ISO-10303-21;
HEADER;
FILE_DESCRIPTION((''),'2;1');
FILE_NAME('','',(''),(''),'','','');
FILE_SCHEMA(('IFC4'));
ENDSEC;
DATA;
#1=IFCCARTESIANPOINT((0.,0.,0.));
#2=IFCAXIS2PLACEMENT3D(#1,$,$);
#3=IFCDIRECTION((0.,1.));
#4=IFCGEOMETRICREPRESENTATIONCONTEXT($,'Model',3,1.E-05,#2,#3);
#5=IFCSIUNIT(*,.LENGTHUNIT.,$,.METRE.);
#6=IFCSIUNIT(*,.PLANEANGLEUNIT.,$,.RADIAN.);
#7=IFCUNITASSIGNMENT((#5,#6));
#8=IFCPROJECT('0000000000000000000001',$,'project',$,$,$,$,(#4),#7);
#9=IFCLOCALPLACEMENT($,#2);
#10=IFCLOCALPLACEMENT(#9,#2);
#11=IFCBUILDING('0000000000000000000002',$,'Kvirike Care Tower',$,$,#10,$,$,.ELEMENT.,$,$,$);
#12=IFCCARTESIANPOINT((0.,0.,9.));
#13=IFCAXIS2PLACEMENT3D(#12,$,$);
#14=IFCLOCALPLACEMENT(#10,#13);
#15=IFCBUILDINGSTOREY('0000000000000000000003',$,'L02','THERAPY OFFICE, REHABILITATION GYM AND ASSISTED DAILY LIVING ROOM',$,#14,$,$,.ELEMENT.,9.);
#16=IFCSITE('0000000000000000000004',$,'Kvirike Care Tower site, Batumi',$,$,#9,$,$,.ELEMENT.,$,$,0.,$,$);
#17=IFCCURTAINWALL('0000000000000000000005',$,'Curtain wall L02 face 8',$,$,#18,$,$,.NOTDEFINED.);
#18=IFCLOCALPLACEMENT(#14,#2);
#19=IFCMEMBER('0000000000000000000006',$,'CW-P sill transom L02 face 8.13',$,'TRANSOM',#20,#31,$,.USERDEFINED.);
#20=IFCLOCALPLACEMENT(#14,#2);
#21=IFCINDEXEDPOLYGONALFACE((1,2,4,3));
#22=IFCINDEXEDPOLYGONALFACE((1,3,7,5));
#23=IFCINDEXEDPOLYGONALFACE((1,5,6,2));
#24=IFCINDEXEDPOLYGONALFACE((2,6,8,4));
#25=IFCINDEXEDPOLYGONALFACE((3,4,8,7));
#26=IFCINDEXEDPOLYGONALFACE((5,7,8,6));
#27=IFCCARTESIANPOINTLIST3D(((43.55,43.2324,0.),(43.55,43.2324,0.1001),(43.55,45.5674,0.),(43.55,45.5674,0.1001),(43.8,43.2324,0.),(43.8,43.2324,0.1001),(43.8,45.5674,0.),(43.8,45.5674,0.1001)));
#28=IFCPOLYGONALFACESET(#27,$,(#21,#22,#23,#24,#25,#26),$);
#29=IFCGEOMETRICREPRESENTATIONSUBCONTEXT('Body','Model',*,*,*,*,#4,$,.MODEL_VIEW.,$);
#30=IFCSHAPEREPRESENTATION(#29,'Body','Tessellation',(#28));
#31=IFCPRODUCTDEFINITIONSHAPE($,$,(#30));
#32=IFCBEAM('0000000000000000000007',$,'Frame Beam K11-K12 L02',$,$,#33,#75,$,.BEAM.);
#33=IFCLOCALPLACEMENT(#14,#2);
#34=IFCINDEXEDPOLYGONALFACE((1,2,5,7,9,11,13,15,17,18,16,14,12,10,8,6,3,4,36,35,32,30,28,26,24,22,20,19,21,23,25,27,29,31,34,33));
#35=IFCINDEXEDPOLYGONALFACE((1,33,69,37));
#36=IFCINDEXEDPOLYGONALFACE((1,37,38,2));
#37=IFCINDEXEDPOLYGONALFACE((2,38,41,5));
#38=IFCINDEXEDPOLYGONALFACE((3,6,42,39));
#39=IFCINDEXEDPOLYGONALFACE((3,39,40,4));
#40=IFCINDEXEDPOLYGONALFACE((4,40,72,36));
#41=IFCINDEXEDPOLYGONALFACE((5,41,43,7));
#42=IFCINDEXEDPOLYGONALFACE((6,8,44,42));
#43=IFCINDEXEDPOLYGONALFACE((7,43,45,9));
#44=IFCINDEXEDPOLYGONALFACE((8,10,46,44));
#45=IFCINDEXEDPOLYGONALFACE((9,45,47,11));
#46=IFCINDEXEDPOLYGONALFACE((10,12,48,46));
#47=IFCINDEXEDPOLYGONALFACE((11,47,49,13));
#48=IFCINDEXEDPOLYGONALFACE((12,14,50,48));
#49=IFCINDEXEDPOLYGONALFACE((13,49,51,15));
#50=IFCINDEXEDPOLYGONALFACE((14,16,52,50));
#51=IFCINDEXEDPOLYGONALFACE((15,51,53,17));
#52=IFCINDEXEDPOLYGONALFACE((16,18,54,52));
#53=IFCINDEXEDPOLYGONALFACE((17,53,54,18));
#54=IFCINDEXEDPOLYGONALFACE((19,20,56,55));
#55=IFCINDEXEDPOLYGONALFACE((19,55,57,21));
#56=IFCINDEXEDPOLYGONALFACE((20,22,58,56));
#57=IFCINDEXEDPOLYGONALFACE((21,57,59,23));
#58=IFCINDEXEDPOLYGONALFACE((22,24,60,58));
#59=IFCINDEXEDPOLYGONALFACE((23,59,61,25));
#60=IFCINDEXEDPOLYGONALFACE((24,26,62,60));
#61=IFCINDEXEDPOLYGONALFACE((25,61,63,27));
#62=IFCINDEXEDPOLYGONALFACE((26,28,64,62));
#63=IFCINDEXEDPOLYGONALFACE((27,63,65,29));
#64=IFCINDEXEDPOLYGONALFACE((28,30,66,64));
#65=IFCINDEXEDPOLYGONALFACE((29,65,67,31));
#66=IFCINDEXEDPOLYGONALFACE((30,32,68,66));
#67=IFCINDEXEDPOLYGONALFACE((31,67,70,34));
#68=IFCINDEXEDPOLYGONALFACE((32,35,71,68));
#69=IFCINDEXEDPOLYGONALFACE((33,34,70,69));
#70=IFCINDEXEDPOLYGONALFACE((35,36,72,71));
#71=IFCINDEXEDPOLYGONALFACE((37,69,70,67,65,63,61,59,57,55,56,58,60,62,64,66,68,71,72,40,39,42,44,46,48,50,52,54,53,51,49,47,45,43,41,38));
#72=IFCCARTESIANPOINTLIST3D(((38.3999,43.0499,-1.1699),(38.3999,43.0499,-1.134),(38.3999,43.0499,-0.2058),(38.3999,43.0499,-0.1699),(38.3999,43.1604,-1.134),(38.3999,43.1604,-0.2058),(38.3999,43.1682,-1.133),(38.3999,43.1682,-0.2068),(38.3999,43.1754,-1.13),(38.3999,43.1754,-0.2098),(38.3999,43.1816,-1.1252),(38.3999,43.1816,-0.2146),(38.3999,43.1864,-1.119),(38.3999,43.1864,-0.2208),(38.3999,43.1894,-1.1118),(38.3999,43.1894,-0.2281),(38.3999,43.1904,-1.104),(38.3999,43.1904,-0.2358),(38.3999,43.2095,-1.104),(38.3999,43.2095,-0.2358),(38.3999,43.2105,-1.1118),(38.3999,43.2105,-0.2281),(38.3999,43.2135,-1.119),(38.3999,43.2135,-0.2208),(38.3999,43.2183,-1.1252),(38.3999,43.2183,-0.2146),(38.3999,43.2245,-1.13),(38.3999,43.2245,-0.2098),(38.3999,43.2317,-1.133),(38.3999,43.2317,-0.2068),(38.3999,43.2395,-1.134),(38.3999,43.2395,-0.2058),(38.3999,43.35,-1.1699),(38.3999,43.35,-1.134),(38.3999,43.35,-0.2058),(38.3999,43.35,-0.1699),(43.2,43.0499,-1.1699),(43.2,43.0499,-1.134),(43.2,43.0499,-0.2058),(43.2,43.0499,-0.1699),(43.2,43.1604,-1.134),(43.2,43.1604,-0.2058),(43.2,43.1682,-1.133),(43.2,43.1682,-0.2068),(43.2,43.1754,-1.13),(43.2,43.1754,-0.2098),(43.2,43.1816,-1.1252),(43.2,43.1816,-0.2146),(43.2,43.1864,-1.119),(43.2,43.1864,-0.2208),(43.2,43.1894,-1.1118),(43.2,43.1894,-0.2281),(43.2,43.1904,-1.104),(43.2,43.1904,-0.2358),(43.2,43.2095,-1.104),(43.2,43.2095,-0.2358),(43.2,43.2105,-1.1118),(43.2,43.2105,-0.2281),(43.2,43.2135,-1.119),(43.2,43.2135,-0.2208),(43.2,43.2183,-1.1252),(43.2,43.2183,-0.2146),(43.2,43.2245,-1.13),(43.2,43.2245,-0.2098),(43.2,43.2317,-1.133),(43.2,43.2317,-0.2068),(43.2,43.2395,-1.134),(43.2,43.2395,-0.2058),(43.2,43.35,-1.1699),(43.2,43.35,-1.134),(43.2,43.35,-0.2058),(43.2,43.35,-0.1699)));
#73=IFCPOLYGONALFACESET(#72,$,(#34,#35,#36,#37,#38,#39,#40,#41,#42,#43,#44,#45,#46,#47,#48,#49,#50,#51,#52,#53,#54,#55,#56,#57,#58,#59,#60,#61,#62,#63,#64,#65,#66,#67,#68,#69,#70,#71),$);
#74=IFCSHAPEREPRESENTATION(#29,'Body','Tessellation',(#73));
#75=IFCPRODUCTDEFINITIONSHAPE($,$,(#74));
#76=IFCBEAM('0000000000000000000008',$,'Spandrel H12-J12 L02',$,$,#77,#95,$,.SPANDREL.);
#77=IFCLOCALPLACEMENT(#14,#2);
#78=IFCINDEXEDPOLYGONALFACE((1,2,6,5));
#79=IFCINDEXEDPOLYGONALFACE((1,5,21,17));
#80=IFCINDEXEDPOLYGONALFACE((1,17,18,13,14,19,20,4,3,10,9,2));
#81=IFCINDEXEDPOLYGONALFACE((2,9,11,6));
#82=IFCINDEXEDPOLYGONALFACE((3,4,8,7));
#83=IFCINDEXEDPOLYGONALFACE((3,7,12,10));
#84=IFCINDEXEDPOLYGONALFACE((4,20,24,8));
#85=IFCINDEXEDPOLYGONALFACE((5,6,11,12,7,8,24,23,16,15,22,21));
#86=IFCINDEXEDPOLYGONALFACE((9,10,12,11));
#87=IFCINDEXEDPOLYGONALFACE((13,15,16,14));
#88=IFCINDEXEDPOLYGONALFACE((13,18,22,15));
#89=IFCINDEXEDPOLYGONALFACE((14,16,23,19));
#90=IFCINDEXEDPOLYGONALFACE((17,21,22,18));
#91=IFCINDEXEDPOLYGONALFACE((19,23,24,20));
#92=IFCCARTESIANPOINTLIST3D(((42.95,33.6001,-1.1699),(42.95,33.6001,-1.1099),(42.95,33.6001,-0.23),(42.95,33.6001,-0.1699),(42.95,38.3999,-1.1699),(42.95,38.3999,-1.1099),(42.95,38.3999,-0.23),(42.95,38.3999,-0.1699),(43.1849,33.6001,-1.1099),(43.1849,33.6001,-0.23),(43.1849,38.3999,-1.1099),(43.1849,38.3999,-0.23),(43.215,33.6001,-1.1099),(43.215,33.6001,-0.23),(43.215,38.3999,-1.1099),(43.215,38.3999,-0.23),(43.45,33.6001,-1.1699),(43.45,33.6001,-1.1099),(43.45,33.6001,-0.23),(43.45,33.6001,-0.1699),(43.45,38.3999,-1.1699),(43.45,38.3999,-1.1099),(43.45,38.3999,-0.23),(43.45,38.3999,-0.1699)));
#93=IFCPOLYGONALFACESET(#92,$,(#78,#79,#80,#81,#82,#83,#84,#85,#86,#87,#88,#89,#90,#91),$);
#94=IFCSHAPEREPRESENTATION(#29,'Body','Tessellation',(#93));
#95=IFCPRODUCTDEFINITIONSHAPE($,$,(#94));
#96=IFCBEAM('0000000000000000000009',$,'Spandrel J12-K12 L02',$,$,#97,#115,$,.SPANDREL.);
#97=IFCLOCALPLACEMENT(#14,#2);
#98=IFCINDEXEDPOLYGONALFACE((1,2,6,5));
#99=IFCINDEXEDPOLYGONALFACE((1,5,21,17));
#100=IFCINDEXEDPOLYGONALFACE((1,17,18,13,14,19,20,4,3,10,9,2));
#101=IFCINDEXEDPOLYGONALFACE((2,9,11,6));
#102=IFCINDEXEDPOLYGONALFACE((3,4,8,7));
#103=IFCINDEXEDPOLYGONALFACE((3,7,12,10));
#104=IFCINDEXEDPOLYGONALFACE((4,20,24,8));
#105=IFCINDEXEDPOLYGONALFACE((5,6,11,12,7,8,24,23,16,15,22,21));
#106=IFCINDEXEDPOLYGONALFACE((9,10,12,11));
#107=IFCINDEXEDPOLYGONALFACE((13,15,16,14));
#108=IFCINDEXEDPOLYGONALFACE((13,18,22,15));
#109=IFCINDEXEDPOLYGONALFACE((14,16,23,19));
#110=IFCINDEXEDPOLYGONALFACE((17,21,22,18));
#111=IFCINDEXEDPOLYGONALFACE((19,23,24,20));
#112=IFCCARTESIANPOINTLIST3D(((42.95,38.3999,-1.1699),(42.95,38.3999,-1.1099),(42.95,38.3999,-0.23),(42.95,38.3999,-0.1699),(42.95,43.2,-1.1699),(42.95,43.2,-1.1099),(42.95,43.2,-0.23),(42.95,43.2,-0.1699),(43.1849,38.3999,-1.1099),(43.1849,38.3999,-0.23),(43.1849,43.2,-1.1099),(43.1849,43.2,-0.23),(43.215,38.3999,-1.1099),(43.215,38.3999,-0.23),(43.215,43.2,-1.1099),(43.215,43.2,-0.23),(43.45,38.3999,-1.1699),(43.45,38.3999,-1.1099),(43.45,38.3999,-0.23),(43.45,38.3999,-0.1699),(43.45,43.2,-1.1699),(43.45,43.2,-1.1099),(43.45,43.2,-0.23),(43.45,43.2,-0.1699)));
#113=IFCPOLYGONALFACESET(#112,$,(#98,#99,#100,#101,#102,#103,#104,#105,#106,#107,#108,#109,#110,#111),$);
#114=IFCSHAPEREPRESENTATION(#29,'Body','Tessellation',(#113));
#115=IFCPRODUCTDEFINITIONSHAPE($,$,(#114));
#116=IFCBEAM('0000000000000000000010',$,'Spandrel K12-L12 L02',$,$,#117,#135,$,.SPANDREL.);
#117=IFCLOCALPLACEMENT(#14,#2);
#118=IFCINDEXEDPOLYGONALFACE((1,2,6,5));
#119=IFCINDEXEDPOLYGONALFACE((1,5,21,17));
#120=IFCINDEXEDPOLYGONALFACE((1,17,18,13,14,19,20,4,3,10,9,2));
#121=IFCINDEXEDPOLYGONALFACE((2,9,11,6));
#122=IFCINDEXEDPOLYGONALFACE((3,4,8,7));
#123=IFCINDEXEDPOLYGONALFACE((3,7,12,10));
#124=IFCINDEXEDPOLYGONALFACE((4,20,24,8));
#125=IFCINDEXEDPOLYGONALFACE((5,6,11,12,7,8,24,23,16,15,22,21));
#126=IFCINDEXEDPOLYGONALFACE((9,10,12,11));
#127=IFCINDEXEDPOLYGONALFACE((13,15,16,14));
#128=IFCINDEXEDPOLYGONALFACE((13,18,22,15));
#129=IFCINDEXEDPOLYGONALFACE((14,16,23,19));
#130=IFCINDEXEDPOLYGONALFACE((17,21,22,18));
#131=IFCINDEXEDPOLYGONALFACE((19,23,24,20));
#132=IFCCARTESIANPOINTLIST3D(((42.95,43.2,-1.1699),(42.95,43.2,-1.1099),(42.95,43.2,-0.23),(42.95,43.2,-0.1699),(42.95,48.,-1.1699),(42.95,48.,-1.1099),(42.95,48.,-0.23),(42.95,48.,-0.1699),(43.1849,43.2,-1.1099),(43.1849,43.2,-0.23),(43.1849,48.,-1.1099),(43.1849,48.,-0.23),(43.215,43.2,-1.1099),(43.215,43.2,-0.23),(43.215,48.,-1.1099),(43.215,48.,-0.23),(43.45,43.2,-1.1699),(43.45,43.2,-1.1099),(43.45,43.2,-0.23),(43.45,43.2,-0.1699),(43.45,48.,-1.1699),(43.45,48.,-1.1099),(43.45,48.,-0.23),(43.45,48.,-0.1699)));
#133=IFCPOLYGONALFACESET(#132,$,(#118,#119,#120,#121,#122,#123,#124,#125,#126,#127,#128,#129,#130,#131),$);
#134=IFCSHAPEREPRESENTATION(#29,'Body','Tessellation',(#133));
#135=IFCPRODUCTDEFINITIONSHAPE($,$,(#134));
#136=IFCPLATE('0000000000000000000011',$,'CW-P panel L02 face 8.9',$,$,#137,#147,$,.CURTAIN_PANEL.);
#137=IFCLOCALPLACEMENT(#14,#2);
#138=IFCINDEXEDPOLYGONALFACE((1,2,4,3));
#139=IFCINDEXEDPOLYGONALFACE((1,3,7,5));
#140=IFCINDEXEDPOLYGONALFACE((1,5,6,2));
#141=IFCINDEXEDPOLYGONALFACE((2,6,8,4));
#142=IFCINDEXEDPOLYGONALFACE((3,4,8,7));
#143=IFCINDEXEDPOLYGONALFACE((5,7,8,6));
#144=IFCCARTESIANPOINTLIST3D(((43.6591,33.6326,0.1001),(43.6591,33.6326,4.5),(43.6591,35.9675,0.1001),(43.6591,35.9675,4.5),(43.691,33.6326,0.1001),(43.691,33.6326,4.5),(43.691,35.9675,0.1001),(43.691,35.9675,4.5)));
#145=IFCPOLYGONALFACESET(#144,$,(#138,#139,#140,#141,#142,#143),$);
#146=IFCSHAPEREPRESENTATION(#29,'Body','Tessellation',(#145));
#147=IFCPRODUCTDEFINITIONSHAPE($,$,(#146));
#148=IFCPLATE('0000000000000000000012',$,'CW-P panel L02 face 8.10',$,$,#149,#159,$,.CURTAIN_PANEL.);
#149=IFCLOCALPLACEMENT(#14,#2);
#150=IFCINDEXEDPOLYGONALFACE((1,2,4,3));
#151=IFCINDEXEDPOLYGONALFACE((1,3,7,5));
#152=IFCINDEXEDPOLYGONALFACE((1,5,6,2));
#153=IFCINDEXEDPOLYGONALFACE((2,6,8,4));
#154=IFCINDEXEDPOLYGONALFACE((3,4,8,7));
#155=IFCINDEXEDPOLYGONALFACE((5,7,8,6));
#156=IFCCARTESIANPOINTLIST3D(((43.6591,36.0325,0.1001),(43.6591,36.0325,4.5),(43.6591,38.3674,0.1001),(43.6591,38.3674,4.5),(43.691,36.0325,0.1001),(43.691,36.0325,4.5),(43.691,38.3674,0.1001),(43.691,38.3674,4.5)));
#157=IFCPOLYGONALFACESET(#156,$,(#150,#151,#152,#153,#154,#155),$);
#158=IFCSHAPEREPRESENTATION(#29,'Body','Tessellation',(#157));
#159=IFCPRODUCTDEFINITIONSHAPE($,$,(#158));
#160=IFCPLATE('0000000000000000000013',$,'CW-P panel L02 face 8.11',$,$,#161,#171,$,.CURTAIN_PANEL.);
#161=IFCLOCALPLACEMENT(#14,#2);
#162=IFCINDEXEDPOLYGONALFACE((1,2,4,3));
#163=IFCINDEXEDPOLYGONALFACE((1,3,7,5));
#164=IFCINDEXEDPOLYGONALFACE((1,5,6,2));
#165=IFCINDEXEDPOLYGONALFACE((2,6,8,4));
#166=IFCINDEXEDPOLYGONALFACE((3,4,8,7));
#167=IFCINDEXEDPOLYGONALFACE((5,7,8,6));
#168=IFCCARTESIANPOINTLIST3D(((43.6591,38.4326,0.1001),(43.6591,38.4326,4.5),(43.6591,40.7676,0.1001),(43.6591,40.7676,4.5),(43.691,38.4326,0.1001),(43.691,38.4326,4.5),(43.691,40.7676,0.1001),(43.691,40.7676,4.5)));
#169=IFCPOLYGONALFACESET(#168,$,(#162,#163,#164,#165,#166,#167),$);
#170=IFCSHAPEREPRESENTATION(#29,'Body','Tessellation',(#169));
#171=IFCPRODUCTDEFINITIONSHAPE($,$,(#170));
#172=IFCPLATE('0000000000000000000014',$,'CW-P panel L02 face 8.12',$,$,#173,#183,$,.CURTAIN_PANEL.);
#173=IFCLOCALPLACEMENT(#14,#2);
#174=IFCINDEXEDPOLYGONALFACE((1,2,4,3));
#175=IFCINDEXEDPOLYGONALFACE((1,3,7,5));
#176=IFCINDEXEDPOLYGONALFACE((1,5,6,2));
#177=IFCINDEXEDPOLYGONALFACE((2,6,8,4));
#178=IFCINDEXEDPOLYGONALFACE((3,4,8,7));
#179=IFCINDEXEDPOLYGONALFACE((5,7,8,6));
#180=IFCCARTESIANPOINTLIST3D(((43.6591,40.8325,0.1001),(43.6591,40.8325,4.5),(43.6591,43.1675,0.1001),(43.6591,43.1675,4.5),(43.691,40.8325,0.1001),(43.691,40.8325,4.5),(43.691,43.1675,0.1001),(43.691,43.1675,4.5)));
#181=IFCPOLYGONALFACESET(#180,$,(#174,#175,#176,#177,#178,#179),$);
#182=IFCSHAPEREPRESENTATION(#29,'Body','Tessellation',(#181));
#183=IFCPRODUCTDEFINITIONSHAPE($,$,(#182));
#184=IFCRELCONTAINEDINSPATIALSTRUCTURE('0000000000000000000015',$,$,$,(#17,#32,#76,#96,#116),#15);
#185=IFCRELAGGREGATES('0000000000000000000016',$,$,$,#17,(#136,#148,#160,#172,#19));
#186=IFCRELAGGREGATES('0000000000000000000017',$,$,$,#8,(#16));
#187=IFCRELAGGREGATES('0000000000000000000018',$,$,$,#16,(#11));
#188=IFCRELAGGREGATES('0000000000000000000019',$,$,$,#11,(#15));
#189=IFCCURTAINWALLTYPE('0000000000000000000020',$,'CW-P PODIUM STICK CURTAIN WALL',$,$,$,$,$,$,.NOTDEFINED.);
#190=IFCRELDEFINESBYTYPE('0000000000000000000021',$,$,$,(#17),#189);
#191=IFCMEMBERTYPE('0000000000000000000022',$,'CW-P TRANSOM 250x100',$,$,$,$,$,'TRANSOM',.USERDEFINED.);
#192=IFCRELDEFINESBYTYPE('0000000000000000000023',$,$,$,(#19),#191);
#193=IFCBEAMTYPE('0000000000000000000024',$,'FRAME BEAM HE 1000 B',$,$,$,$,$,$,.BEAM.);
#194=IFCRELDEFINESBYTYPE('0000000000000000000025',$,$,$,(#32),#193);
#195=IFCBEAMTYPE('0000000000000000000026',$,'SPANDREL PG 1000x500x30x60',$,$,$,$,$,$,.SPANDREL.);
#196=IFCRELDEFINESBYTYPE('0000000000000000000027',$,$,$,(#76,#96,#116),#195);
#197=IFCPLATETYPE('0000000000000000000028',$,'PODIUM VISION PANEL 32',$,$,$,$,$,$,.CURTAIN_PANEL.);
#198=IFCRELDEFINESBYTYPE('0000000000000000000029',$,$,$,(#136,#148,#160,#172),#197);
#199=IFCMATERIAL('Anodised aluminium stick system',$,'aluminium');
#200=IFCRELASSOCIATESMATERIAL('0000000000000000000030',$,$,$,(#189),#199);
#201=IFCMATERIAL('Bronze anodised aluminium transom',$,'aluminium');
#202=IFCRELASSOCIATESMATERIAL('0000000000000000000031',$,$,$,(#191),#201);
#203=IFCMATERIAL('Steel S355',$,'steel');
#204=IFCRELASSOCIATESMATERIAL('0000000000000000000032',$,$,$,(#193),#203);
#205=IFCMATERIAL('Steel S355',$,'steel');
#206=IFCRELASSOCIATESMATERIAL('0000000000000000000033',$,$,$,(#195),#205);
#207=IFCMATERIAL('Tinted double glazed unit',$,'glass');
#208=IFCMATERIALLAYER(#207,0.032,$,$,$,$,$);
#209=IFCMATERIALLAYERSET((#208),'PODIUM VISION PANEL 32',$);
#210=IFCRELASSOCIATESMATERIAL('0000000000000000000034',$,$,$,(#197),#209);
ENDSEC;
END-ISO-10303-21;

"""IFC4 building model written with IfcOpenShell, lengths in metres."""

from ifc_helpers import new_model, si_unit, direction, frame, origin, origin_2d, place, context, subcontext, project, spatial, rectangle, i_section, extrude, material, layer, layer_set, material_profile, profile_set, type_object, element, aggregate, save


model = new_model("IFC4")

# Units and contexts
model_context = context("Model", 3, precision=1e-05, world=origin(), true_north=direction((0.0, 1.0)))
body_context = subcontext(model_context, "Body", "Model", "MODEL_VIEW")
ifc_project = project(units=[si_unit("LENGTHUNIT", "METRE"), si_unit("PLANEANGLEUNIT", "RADIAN")], contexts=[model_context])

# Site, building, storey
site_placement = place(None, origin())
site = spatial("IfcSite", under=ifc_project, at=site_placement, Name="Kvirike Care Tower site, Batumi", CompositionType="ELEMENT", RefElevation=0.0)
building_placement = place(site_placement, origin())
building = spatial("IfcBuilding", under=site, at=building_placement, Name="Kvirike Care Tower", CompositionType="ELEMENT")
storey_placement = place(building_placement, frame((0.0, 0.0, 9.0)))
storey = spatial("IfcBuildingStorey", under=building, at=storey_placement, Name="L02", Description="THERAPY OFFICE, REHABILITATION GYM AND ASSISTED DAILY LIVING ROOM", CompositionType="ELEMENT", Elevation=9.0)

# Curtain wall, member
ifc_material_1 = material(Name="Anodised aluminium stick system", Category="aluminium")
curtain_wall_type = type_object("IfcCurtainWallType", Name="CW-P PODIUM STICK CURTAIN WALL", PredefinedType="NOTDEFINED", material=ifc_material_1)
curtain_wall_placement = place(storey_placement, origin())
curtain_wall = element("IfcCurtainWall", 1, at=curtain_wall_placement, inside=storey, type_object=curtain_wall_type, Name="Curtain wall L02 face 8", PredefinedType="NOTDEFINED")
ifc_material_2 = material(Name="Bronze anodised aluminium transom", Category="aluminium")
ifc_material_profile_1 = material_profile(ifc_material_2, rectangle(XDim=0.25, YDim=0.1001, at=origin_2d()), Name="CW-P TRANSOM 250x100")
ifc_profile_set_1 = profile_set([ifc_material_profile_1], Name="Bronze anodised aluminium transom")
member_type_1 = type_object("IfcMemberType", Name="CW-P TRANSOM 250x100", ElementType="TRANSOM", PredefinedType="USERDEFINED", material=ifc_profile_set_1)
member_1_placement = place(storey_placement, frame((43.675, 43.2324, 0.05), z_axis=(0.0, 1.0, 0.0), x_axis=(-1.0, 0.0, 0.0)))
member_1 = element("IfcMember", 2, at=member_1_placement, type_object=member_type_1, Name="CW-P sill transom L02 face 8.13", ObjectType="TRANSOM", PredefinedType="USERDEFINED", context=body_context, shape_type="SweptSolid", body=[
    extrude(rectangle(XDim=0.25, YDim=0.1001, at=origin_2d()), origin(), (0.0, 0.0, 1.0), 2.335),
])

# Beams
ifc_material_3 = material(Name="Steel S355", Category="steel")
ifc_material_profile_2 = material_profile(ifc_material_3, i_section(OverallWidth=0.3, OverallDepth=1.0, WebThickness=0.019, FlangeThickness=0.0359, FilletRadius=0.03, at=origin_2d()), Name="HE 1000 B")
ifc_profile_set_2 = profile_set([ifc_material_profile_2], Name="Steel S355")
beam_type_1 = type_object("IfcBeamType", Name="FRAME BEAM HE 1000 B", PredefinedType="BEAM", material=ifc_profile_set_2)
beam_1_placement = place(storey_placement, frame((38.3999, 43.2, -0.6699), z_axis=(1.0, 0.0, 0.0), x_axis=(0.0, 1.0, 0.0)))
element("IfcBeam", 3, at=beam_1_placement, inside=storey, type_object=beam_type_1, Name="Frame Beam K11-K12 L02", PredefinedType="BEAM", context=body_context, shape_type="SweptSolid", body=[
    extrude(i_section(OverallWidth=0.3, OverallDepth=1.0, WebThickness=0.019, FlangeThickness=0.0359, FilletRadius=0.03, at=origin_2d()), origin(), (0.0, 0.0, 1.0), 4.8),
])
ifc_material_4 = material(Name="Steel S355", Category="steel")
ifc_material_profile_3 = material_profile(ifc_material_4, i_section(OverallWidth=0.5, OverallDepth=1.0, WebThickness=0.03, FlangeThickness=0.0601, at=origin_2d()), Name="PG 1000x500x30x60")
ifc_profile_set_3 = profile_set([ifc_material_profile_3], Name="Steel S355")
beam_type_2 = type_object("IfcBeamType", Name="SPANDREL PG 1000x500x30x60", PredefinedType="SPANDREL", material=ifc_profile_set_3)
beam_2_placement = place(storey_placement, frame((43.2, 33.6001, -0.6699), z_axis=(0.0, 1.0, 0.0), x_axis=(-1.0, 0.0, 0.0)))
element("IfcBeam", 4, at=beam_2_placement, inside=storey, type_object=beam_type_2, Name="Spandrel H12-J12 L02", PredefinedType="SPANDREL", context=body_context, shape_type="SweptSolid", body=[
    extrude(i_section(OverallWidth=0.5, OverallDepth=1.0, WebThickness=0.03, FlangeThickness=0.0601, at=origin_2d()), origin(), (0.0, 0.0, 1.0), 4.7998),
])
for number, where, z_axis, x_axis, name in (
    (5, (43.2, 38.3999, -0.6699), (0.0, 1.0, 0.0), (-1.0, 0.0, 0.0), "Spandrel J12-K12 L02"),
    (6, (43.2, 43.2, -0.6699), (0.0, 1.0, 0.0), (-1.0, 0.0, 0.0), "Spandrel K12-L12 L02"),
):
    element("IfcBeam", number, at=place(storey_placement, frame(where, z_axis=z_axis, x_axis=x_axis)), inside=storey, type_object=beam_type_2, Name=name, PredefinedType="SPANDREL", context=body_context, shape_type="SweptSolid", body=[
        extrude(i_section(OverallWidth=0.5, OverallDepth=1.0, WebThickness=0.03, FlangeThickness=0.0601, at=origin_2d()), origin(), (0.0, 0.0, 1.0), 4.8),
    ])

# Plates
ifc_material_5 = material(Name="Tinted double glazed unit", Category="glass")
ifc_layer_1 = layer(ifc_material_5, 0.032)
ifc_layer_set_1 = layer_set([ifc_layer_1], Name="PODIUM VISION PANEL 32")
plate_type = type_object("IfcPlateType", Name="PODIUM VISION PANEL 32", PredefinedType="CURTAIN_PANEL", material=ifc_layer_set_1)
plate_1_placement = place(storey_placement, frame((43.675, 34.8, 0.1001), z_axis=(0.0, 0.0, 1.0), x_axis=(0.0, 1.0, 0.0)))
plate_1 = element("IfcPlate", 7, at=plate_1_placement, type_object=plate_type, Name="CW-P panel L02 face 8.9", PredefinedType="CURTAIN_PANEL", context=body_context, shape_type="SweptSolid", body=[
    extrude(rectangle(XDim=2.335, YDim=0.032, at=origin_2d()), origin(), (0.0, 0.0, 1.0), 4.3999),
])
plate_2_placement = place(storey_placement, frame((43.675, 37.2, 0.1001), z_axis=(0.0, 0.0, 1.0), x_axis=(0.0, 1.0, 0.0)))
plate_2 = element("IfcPlate", 8, at=plate_2_placement, type_object=plate_type, Name="CW-P panel L02 face 8.10", PredefinedType="CURTAIN_PANEL", context=body_context, shape_type="SweptSolid", body=[
    extrude(rectangle(XDim=2.335, YDim=0.032, at=origin_2d()), origin(), (0.0, 0.0, 1.0), 4.3999),
])
plate_3_placement = place(storey_placement, frame((43.675, 39.6001, 0.1001), z_axis=(0.0, 0.0, 1.0), x_axis=(0.0, 1.0, 0.0)))
plate_3 = element("IfcPlate", 9, at=plate_3_placement, type_object=plate_type, Name="CW-P panel L02 face 8.11", PredefinedType="CURTAIN_PANEL", context=body_context, shape_type="SweptSolid", body=[
    extrude(rectangle(XDim=2.335, YDim=0.032, at=origin_2d()), origin(), (0.0, 0.0, 1.0), 4.3999),
])
plate_4_placement = place(storey_placement, frame((43.675, 42.0, 0.1001), z_axis=(0.0, 0.0, 1.0), x_axis=(0.0, 1.0, 0.0)))
plate_4 = element("IfcPlate", 10, at=plate_4_placement, type_object=plate_type, Name="CW-P panel L02 face 8.12", PredefinedType="CURTAIN_PANEL", context=body_context, shape_type="SweptSolid", body=[
    extrude(rectangle(XDim=2.335, YDim=0.032, at=origin_2d()), origin(), (0.0, 0.0, 1.0), 4.3999),
])
aggregate(curtain_wall, [plate_1, plate_2, plate_3, plate_4, member_1])

save(model, "model.ifc")
